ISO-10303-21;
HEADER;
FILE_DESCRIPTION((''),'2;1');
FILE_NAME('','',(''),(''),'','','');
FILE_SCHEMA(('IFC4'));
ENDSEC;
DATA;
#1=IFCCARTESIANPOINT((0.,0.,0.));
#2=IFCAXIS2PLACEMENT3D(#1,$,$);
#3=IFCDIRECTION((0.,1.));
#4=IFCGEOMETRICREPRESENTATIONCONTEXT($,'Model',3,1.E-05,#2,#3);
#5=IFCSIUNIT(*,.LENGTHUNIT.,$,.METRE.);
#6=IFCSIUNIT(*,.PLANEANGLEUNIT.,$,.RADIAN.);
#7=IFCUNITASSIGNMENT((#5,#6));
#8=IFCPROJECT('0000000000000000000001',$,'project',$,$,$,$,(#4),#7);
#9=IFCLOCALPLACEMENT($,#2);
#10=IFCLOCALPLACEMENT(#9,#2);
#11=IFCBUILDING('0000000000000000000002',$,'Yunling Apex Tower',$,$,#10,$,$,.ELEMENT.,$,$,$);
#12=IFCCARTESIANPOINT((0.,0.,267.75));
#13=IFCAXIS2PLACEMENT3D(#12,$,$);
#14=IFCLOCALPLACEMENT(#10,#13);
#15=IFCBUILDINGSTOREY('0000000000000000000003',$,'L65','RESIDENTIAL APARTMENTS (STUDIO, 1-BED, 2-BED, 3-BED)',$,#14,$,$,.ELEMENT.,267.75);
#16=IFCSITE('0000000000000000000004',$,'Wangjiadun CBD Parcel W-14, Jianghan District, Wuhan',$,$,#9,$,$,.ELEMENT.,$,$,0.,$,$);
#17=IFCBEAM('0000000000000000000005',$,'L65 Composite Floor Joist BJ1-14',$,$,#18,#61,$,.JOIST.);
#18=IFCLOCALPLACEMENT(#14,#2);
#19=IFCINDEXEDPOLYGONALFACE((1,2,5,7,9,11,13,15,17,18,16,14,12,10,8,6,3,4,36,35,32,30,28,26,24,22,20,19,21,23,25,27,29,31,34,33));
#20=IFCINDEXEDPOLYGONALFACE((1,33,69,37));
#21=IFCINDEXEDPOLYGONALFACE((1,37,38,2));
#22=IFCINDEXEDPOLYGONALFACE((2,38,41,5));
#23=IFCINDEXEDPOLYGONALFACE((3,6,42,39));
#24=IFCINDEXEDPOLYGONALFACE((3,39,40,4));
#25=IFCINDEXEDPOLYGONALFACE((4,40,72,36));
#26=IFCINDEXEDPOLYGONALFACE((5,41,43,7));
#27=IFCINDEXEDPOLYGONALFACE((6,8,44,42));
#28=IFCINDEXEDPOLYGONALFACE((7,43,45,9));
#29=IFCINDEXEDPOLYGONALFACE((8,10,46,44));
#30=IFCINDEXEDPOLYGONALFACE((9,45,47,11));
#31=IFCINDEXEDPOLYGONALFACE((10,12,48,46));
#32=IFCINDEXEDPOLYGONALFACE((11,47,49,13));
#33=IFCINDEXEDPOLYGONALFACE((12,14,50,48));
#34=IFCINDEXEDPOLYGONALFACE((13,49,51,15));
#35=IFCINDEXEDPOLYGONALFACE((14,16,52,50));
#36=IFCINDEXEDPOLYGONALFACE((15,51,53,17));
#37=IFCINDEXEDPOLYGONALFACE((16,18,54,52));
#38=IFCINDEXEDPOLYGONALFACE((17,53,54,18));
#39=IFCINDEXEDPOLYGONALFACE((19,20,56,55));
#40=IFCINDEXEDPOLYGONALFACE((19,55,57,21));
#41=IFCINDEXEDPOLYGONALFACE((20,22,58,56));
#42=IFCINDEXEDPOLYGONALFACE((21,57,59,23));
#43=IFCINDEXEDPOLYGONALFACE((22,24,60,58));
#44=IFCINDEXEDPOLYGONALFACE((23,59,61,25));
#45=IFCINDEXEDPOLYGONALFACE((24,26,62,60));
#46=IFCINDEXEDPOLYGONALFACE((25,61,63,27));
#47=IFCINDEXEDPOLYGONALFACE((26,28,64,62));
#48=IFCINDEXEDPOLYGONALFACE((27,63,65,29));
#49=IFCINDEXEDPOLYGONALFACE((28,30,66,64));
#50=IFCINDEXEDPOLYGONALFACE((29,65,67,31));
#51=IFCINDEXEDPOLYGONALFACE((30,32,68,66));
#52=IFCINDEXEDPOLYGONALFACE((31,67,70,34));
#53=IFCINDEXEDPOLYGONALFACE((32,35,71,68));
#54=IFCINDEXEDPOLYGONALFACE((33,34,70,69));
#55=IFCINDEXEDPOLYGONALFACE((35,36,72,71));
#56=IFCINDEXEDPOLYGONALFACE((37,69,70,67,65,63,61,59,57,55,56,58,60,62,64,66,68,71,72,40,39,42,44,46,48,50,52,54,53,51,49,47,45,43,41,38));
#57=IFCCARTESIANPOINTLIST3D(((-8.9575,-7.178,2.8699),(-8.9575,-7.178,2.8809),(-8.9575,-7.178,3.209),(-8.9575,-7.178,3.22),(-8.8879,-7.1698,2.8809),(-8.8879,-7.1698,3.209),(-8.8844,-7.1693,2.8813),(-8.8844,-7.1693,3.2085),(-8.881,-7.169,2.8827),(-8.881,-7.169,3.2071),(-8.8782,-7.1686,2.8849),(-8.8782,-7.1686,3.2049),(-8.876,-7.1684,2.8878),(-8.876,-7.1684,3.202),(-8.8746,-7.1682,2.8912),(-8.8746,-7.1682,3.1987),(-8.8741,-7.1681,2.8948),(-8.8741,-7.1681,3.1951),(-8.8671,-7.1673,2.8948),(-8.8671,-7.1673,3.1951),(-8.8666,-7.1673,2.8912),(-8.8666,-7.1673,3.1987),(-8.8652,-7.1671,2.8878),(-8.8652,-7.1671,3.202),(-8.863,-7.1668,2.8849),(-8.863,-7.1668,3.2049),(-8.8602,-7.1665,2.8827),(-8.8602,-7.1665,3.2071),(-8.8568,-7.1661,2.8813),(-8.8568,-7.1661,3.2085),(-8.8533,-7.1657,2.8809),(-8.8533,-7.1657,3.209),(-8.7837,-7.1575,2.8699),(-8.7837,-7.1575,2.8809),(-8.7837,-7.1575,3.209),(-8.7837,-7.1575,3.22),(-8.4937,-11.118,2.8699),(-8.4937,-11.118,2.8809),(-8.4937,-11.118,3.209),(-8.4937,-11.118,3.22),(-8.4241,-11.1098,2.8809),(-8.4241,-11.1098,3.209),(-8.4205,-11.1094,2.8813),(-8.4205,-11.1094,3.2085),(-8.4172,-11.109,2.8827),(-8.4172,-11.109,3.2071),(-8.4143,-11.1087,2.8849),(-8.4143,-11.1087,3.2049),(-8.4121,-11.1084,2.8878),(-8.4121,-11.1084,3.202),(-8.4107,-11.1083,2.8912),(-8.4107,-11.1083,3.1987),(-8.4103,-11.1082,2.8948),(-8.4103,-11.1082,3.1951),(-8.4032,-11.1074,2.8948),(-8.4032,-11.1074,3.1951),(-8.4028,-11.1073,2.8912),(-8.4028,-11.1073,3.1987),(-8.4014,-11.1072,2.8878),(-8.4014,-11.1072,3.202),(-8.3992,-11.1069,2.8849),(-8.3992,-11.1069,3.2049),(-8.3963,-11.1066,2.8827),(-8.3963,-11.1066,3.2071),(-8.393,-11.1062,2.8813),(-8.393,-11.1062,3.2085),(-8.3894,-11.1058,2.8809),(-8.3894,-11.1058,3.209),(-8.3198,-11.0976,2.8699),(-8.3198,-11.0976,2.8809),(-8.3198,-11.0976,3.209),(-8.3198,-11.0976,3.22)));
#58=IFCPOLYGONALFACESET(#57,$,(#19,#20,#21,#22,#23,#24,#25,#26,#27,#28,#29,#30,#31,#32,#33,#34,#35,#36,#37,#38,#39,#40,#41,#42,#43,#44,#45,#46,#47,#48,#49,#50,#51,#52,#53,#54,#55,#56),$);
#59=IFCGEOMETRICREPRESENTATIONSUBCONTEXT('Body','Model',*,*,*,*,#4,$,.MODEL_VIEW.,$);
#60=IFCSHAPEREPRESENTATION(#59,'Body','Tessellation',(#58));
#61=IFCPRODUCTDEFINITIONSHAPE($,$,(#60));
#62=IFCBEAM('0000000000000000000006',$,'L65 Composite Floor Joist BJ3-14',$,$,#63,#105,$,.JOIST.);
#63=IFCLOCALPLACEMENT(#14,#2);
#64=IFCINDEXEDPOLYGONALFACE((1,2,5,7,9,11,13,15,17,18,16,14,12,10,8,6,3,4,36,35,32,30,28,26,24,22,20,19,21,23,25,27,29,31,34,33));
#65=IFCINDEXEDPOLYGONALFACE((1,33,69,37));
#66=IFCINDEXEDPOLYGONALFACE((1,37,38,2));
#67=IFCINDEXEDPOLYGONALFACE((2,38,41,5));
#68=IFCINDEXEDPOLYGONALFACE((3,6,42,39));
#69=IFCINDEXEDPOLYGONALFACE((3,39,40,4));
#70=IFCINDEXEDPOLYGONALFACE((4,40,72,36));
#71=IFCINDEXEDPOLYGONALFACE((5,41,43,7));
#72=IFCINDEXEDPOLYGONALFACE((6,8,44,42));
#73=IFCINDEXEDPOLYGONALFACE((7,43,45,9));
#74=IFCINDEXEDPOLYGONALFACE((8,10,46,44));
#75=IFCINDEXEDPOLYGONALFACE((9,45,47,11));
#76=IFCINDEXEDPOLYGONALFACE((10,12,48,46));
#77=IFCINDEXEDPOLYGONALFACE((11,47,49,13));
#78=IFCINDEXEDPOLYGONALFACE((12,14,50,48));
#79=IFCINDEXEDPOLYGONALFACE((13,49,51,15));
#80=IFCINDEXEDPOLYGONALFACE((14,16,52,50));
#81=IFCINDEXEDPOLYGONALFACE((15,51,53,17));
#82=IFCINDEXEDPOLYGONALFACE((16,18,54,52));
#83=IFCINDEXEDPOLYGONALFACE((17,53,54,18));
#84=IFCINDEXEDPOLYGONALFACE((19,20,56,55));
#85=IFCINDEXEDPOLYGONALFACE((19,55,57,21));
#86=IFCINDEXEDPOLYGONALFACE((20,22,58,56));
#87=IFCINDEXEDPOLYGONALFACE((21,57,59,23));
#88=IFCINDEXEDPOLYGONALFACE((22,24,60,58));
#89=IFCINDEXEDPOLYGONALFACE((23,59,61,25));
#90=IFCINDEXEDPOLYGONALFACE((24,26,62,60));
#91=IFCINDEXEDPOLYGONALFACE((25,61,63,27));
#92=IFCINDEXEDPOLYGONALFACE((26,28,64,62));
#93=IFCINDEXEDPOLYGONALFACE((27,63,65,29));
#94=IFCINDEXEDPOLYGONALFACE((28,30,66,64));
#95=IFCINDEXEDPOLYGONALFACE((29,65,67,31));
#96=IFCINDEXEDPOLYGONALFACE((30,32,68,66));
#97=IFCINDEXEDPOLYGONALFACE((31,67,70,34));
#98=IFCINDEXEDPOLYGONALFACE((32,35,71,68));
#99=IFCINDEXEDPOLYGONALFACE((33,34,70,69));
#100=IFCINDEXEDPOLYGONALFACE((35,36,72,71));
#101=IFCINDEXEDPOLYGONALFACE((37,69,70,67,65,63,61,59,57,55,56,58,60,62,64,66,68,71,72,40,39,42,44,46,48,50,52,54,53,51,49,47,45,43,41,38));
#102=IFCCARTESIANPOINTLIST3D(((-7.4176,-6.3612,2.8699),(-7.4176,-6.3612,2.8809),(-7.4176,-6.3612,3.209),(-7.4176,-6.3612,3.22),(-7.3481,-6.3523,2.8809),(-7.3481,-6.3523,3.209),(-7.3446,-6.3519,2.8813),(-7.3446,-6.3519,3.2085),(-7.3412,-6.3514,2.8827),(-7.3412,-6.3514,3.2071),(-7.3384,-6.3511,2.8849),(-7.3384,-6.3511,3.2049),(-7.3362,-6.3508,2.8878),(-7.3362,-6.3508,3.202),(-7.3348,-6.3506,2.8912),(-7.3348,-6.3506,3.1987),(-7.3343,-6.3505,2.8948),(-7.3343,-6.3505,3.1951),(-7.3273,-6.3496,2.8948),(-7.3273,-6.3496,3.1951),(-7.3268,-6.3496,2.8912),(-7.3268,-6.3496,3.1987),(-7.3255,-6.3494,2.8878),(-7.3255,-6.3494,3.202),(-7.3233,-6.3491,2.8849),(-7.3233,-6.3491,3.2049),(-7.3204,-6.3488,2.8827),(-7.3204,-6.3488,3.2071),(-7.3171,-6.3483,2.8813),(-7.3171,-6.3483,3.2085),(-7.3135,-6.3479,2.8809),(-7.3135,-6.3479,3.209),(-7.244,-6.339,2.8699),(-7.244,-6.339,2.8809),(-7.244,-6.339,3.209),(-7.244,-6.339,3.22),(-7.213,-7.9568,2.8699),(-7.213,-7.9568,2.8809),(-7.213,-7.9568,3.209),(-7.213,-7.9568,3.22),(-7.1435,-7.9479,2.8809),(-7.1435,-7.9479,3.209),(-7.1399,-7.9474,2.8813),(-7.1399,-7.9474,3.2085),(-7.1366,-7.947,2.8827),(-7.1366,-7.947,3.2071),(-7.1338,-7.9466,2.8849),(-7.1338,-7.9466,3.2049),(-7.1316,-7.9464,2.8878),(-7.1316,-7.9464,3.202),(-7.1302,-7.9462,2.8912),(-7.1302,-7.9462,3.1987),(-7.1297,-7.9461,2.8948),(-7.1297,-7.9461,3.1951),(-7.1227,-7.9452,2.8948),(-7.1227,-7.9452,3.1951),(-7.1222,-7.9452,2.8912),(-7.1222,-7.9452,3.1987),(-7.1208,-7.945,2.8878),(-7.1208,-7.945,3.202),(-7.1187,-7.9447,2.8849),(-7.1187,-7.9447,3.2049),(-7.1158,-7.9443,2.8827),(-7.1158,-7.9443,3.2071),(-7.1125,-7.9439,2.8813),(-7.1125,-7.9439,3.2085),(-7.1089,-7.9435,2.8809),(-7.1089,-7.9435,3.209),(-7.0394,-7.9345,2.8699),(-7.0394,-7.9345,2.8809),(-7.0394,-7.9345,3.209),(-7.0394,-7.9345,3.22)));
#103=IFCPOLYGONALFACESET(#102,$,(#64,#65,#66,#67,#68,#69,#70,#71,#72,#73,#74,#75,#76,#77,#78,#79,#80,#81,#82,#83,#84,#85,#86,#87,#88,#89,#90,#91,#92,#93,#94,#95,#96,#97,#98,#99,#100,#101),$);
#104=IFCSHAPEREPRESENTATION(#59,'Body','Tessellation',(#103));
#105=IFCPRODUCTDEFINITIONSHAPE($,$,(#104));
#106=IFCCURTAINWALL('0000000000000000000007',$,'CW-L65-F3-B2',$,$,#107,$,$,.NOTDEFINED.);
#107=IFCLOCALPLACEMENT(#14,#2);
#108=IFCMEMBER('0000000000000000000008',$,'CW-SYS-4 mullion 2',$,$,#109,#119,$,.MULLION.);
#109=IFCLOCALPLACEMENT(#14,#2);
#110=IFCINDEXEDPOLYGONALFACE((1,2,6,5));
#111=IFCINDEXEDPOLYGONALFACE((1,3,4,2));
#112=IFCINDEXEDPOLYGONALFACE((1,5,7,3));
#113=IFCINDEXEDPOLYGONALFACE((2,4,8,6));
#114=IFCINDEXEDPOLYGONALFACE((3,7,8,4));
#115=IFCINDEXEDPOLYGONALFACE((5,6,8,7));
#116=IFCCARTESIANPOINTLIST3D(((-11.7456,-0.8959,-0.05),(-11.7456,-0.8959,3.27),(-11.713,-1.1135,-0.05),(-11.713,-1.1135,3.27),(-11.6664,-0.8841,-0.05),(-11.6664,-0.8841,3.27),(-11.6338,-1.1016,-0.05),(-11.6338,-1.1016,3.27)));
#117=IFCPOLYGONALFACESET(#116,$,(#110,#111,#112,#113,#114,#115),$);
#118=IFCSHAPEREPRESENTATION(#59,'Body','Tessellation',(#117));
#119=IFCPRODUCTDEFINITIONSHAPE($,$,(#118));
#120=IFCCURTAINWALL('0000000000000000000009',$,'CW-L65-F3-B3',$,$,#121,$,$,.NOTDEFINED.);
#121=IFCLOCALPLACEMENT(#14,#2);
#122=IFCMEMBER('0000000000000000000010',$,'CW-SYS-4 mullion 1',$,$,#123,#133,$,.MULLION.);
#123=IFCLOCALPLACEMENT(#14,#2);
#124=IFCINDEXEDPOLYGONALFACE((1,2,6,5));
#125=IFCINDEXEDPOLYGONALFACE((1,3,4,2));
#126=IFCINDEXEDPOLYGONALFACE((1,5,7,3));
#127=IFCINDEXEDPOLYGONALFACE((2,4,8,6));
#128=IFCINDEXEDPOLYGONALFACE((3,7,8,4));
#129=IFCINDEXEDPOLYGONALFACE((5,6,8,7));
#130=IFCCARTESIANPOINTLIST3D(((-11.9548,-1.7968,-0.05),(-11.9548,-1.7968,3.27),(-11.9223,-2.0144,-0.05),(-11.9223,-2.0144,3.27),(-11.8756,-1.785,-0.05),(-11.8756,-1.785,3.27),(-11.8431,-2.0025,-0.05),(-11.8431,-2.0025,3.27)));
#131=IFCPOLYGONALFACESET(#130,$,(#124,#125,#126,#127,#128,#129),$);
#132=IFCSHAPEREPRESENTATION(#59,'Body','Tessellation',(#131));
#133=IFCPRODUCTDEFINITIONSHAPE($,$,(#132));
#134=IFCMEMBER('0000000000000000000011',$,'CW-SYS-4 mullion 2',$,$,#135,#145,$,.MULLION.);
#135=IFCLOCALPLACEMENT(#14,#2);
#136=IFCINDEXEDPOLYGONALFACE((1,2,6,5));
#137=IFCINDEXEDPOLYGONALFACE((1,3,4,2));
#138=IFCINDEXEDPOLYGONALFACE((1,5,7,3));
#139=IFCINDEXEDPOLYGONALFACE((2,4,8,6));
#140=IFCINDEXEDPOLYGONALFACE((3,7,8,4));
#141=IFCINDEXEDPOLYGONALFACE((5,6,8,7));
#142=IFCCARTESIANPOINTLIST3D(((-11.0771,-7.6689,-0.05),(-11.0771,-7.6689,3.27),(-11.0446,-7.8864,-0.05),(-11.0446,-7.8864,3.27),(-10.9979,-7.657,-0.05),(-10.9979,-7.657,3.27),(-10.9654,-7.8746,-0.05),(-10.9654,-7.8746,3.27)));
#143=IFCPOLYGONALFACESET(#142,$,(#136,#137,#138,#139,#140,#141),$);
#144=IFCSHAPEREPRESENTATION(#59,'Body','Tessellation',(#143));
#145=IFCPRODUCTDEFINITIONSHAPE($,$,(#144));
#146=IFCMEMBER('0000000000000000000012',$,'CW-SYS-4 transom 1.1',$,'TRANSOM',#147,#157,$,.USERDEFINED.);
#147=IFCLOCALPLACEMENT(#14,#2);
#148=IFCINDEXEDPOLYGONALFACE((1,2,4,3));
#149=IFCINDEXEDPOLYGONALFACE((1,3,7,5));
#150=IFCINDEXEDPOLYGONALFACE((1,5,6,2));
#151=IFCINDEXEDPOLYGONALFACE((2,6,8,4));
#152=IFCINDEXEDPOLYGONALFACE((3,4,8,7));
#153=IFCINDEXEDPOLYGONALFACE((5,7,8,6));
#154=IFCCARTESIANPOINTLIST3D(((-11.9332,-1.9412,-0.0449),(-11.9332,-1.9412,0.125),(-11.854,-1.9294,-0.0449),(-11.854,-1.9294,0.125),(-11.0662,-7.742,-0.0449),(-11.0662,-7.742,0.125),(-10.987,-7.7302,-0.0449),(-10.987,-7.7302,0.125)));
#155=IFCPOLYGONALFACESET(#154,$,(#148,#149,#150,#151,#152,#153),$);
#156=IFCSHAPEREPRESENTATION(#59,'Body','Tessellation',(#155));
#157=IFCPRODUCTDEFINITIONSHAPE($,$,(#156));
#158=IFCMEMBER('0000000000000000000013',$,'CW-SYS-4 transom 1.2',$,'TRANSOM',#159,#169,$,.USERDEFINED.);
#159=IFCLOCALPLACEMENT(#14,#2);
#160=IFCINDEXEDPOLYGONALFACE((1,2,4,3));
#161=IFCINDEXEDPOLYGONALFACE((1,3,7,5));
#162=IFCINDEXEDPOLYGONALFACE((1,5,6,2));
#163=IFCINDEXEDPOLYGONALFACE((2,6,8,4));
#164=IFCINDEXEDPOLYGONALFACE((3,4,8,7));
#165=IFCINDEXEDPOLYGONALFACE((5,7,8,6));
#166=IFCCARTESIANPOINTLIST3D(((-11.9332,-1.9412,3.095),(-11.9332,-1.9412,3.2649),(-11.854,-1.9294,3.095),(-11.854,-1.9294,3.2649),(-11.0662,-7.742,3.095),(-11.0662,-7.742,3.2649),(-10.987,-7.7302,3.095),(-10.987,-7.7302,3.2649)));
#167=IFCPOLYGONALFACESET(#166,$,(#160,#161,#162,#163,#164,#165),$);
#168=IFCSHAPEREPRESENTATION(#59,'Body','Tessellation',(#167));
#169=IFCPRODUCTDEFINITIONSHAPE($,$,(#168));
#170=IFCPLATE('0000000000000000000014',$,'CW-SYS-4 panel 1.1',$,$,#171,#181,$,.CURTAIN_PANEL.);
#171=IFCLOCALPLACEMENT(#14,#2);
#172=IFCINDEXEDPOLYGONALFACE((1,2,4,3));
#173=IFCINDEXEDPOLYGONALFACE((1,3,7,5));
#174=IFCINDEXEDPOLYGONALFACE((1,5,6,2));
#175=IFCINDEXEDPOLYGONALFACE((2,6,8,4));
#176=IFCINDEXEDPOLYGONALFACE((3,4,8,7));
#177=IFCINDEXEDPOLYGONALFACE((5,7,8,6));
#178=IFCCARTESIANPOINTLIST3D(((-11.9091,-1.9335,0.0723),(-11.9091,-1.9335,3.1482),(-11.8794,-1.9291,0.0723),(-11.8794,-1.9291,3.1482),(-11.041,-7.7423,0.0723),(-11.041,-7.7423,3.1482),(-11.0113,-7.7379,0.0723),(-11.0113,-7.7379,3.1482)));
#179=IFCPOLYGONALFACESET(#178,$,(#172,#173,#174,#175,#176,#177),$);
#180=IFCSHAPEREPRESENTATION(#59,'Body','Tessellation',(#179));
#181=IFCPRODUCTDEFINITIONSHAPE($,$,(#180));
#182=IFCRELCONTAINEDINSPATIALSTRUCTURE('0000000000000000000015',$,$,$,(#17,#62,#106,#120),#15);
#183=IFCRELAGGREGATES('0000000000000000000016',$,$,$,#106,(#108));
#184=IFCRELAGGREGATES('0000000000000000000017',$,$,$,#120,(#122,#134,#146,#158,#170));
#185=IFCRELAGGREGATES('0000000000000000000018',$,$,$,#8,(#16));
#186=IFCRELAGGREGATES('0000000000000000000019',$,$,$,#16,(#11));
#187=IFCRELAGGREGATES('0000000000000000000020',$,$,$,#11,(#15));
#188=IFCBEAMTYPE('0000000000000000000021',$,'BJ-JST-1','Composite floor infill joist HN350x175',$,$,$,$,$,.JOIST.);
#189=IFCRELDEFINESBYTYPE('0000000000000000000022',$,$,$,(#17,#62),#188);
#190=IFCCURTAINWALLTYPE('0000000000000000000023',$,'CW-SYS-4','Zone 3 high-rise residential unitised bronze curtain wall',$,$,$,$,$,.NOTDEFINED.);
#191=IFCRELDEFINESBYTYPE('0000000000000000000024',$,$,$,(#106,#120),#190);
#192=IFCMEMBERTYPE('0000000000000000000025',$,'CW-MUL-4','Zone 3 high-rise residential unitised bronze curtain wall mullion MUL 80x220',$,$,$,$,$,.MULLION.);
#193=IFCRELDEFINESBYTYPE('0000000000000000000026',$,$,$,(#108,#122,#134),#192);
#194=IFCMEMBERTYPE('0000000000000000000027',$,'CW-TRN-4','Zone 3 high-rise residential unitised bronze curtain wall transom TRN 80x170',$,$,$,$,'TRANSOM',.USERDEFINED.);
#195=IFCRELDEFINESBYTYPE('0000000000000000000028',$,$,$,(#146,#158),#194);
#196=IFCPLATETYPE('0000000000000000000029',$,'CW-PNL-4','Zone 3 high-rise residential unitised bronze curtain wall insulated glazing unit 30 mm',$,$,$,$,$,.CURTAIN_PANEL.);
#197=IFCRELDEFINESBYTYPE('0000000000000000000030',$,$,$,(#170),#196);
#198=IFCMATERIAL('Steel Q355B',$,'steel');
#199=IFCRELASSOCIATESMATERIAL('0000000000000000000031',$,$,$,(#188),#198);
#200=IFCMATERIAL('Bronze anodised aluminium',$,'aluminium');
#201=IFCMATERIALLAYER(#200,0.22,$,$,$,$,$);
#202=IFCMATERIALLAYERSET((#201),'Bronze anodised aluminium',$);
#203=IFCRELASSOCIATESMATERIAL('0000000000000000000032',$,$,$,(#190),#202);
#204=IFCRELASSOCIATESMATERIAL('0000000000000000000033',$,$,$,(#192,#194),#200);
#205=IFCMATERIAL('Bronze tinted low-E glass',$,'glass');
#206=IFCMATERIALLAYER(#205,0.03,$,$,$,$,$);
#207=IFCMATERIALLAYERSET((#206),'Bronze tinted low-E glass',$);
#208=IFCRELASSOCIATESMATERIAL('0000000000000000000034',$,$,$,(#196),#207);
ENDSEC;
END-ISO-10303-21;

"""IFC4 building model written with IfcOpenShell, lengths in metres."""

from ifc_helpers import new_model, si_unit, direction, frame, origin, origin_2d, place, context, subcontext, project, spatial, rectangle, i_section, extrude, source, transform, mapped, material, layer, layer_set, material_profile, profile_set, type_object, element, aggregate, save


model = new_model("IFC4")

# Units and contexts
model_context = context("Model", 3, precision=1e-05, world=origin(), true_north=direction((0.0, 1.0)))
body_context = subcontext(model_context, "Body", "Model", "MODEL_VIEW")
ifc_project = project(units=[si_unit("LENGTHUNIT", "METRE"), si_unit("PLANEANGLEUNIT", "RADIAN")], contexts=[model_context])

# Site, building, storey
site_placement = place(None, origin())
site = spatial("IfcSite", under=ifc_project, at=site_placement, Name="Wangjiadun CBD Parcel W-14, Jianghan District, Wuhan", CompositionType="ELEMENT", RefElevation=0.0)
building_placement = place(site_placement, origin())
building = spatial("IfcBuilding", under=site, at=building_placement, Name="Yunling Apex Tower", CompositionType="ELEMENT")
storey_placement = place(building_placement, frame((0.0, 0.0, 267.75)))
storey = spatial("IfcBuildingStorey", under=building, at=storey_placement, Name="L65", Description="RESIDENTIAL APARTMENTS (STUDIO, 1-BED, 2-BED, 3-BED)", CompositionType="ELEMENT", Elevation=267.75)

# Shared definitions
ifc_material_1 = material(Name="Steel Q355B", Category="steel")

# Beams
ifc_material_profile_1 = material_profile(ifc_material_1, i_section(OverallWidth=0.175, OverallDepth=0.3501, WebThickness=0.0071, FlangeThickness=0.011, FilletRadius=0.0139, at=origin_2d()))
ifc_profile_set_1 = profile_set([ifc_material_profile_1], Name="Steel Q355B")
beam_type_1 = type_object("IfcBeamType", Name="BJ-JST-1", Description="Composite floor infill joist HN350x175", PredefinedType="JOIST", material=ifc_profile_set_1)
shared_shape_1 = source(origin(), body_context, "Body", "SweptSolid", [
    extrude(i_section(OverallWidth=0.175, OverallDepth=0.3501, WebThickness=0.0071, FlangeThickness=0.011, FilletRadius=0.0139, at=origin_2d()), origin(), (0.0, 0.0, 1.0), 3.9673),
])
beam_1_placement = place(storey_placement, frame((-8.8706, -7.1677, 3.0449), z_axis=(0.11692, -0.993141, 0.0), x_axis=(0.993141, 0.11692, 0.0)))
element("IfcBeam", 1, at=beam_1_placement, inside=storey, type_object=beam_type_1, Name="L65 Composite Floor Joist BJ1-14", PredefinedType="JOIST", context=body_context, shape_type="MappedRepresentation", body=[
    mapped(shared_shape_1, transform((0.0, 0.0, 0.0), scale=1.0)),
])
shared_shape_2 = source(origin(), body_context, "Body", "SweptSolid", [
    extrude(i_section(OverallWidth=0.175, OverallDepth=0.3501, WebThickness=0.0071, FlangeThickness=0.011, FilletRadius=0.0139, at=origin_2d()), origin(), (0.0, 0.0, 1.0), 1.6086),
])
beam_2_placement = place(storey_placement, frame((-7.3308, -6.3501, 3.0449), z_axis=(0.127191, -0.991878, 0.0), x_axis=(0.991878, 0.127191, 0.0)))
element("IfcBeam", 2, at=beam_2_placement, inside=storey, type_object=beam_type_1, Name="L65 Composite Floor Joist BJ3-14", PredefinedType="JOIST", context=body_context, shape_type="MappedRepresentation", body=[
    mapped(shared_shape_2, transform((0.0, 0.0, 0.0), scale=1.0)),
])

# Curtain wall, member
ifc_material_2 = material(Name="Bronze anodised aluminium", Category="aluminium")
ifc_layer_1 = layer(ifc_material_2, 0.22)
ifc_layer_set_1 = layer_set([ifc_layer_1], Name="Bronze anodised aluminium")
curtain_wall_type = type_object("IfcCurtainWallType", Name="CW-SYS-4", Description="Zone 3 high-rise residential unitised bronze curtain wall", PredefinedType="NOTDEFINED", material=ifc_layer_set_1)
curtain_wall_1_placement = place(storey_placement, origin())
curtain_wall_1 = element("IfcCurtainWall", 3, at=curtain_wall_1_placement, inside=storey, type_object=curtain_wall_type, Name="CW-L65-F3-B2", PredefinedType="NOTDEFINED")
ifc_material_profile_2 = material_profile(ifc_material_2, rectangle(XDim=0.0801, YDim=0.22, at=origin_2d()))
ifc_profile_set_2 = profile_set([ifc_material_profile_2], Name="Bronze anodised aluminium")
member_type_1 = type_object("IfcMemberType", Name="CW-MUL-4", Description="Zone 3 high-rise residential unitised bronze curtain wall mullion MUL 80x220", PredefinedType="MULLION", material=ifc_profile_set_2)
shared_shape_3 = source(origin(), body_context, "Body", "SweptSolid", [
    extrude(rectangle(XDim=0.0801, YDim=0.22, at=origin_2d()), origin(), (0.0, 0.0, 1.0), 3.3201),
])
member_1_placement = place(storey_placement, frame((-11.6897, -0.9988, -0.05), z_axis=(0.0, 0.0, 1.0), x_axis=(0.989017, 0.147804, 0.0)))
member_1 = element("IfcMember", 4, at=member_1_placement, type_object=member_type_1, Name="CW-SYS-4 mullion 2", PredefinedType="MULLION", context=body_context, shape_type="MappedRepresentation", body=[
    mapped(shared_shape_3, transform((0.0, 0.0, 0.0), scale=1.0)),
])
aggregate(curtain_wall_1, [member_1])

# Curtain wall, members, plate
curtain_wall_2_placement = place(storey_placement, origin())
curtain_wall_2 = element("IfcCurtainWall", 5, at=curtain_wall_2_placement, inside=storey, type_object=curtain_wall_type, Name="CW-L65-F3-B3", PredefinedType="NOTDEFINED")
member_2_placement = place(storey_placement, frame((-11.8989, -1.8997, -0.05), z_axis=(0.0, 0.0, 1.0), x_axis=(0.989016, 0.147807, 0.0)))
member_2 = element("IfcMember", 6, at=member_2_placement, type_object=member_type_1, Name="CW-SYS-4 mullion 1", PredefinedType="MULLION", context=body_context, shape_type="MappedRepresentation", body=[
    mapped(shared_shape_3, transform((0.0, 0.0, 0.0), scale=1.0)),
])
member_3_placement = place(storey_placement, frame((-11.0212, -7.7717, -0.05), z_axis=(0.0, 0.0, 1.0), x_axis=(0.989016, 0.147807, 0.0)))
member_3 = element("IfcMember", 7, at=member_3_placement, type_object=member_type_1, Name="CW-SYS-4 mullion 2", PredefinedType="MULLION", context=body_context, shape_type="MappedRepresentation", body=[
    mapped(shared_shape_3, transform((0.0, 0.0, 0.0), scale=1.0)),
])
ifc_material_profile_3 = material_profile(ifc_material_2, rectangle(XDim=0.0801, YDim=0.1699, at=origin_2d()))
ifc_profile_set_3 = profile_set([ifc_material_profile_3], Name="Bronze anodised aluminium")
member_type_2 = type_object("IfcMemberType", Name="CW-TRN-4", Description="Zone 3 high-rise residential unitised bronze curtain wall transom TRN 80x170", ElementType="TRANSOM", PredefinedType="USERDEFINED", material=ifc_profile_set_3)
shared_shape_4 = source(origin(), body_context, "Body", "SweptSolid", [
    extrude(rectangle(XDim=0.0801, YDim=0.1699, at=origin_2d()), origin(), (0.0, 0.0, 1.0), 5.8652),
])
member_4_placement = place(storey_placement, frame((-11.8936, -1.9353, 0.04), z_axis=(0.147811, -0.989016, 0.0), x_axis=(0.989016, 0.147811, 0.0)))
member_4 = element("IfcMember", 8, at=member_4_placement, type_object=member_type_2, Name="CW-SYS-4 transom 1.1", ObjectType="TRANSOM", PredefinedType="USERDEFINED", context=body_context, shape_type="MappedRepresentation", body=[
    mapped(shared_shape_4, transform((0.0, 0.0, 0.0), scale=1.0)),
])
member_5_placement = place(storey_placement, frame((-11.8936, -1.9353, 3.1799), z_axis=(0.147811, -0.989016, 0.0), x_axis=(0.989016, 0.147811, 0.0)))
member_5 = element("IfcMember", 9, at=member_5_placement, type_object=member_type_2, Name="CW-SYS-4 transom 1.2", ObjectType="TRANSOM", PredefinedType="USERDEFINED", context=body_context, shape_type="MappedRepresentation", body=[
    mapped(shared_shape_4, transform((0.0, 0.0, 0.0), scale=1.0)),
])
ifc_material_3 = material(Name="Bronze tinted low-E glass", Category="glass")
ifc_layer_2 = layer(ifc_material_3, 0.03)
ifc_layer_set_2 = layer_set([ifc_layer_2], Name="Bronze tinted low-E glass")
plate_type = type_object("IfcPlateType", Name="CW-PNL-4", Description="Zone 3 high-rise residential unitised bronze curtain wall insulated glazing unit 30 mm", PredefinedType="CURTAIN_PANEL", material=ifc_layer_set_2)
shared_shape_5 = source(origin(), body_context, "Body", "SweptSolid", [
    extrude(rectangle(XDim=5.8733, YDim=0.03, at=origin_2d()), origin(), (0.0, 0.0, 1.0), 3.0759),
])
plate_placement = place(storey_placement, frame((-11.4602, -4.8357, 0.0723), z_axis=(0.0, 0.0, 1.0), x_axis=(0.147807, -0.989016, 0.0)))
plate = element("IfcPlate", 10, at=plate_placement, type_object=plate_type, Name="CW-SYS-4 panel 1.1", PredefinedType="CURTAIN_PANEL", context=body_context, shape_type="MappedRepresentation", body=[
    mapped(shared_shape_5, transform((0.0, 0.0, 0.0), scale=1.0)),
])
aggregate(curtain_wall_2, [member_2, member_3, member_4, member_5, plate])

save(model, "model.ifc")
